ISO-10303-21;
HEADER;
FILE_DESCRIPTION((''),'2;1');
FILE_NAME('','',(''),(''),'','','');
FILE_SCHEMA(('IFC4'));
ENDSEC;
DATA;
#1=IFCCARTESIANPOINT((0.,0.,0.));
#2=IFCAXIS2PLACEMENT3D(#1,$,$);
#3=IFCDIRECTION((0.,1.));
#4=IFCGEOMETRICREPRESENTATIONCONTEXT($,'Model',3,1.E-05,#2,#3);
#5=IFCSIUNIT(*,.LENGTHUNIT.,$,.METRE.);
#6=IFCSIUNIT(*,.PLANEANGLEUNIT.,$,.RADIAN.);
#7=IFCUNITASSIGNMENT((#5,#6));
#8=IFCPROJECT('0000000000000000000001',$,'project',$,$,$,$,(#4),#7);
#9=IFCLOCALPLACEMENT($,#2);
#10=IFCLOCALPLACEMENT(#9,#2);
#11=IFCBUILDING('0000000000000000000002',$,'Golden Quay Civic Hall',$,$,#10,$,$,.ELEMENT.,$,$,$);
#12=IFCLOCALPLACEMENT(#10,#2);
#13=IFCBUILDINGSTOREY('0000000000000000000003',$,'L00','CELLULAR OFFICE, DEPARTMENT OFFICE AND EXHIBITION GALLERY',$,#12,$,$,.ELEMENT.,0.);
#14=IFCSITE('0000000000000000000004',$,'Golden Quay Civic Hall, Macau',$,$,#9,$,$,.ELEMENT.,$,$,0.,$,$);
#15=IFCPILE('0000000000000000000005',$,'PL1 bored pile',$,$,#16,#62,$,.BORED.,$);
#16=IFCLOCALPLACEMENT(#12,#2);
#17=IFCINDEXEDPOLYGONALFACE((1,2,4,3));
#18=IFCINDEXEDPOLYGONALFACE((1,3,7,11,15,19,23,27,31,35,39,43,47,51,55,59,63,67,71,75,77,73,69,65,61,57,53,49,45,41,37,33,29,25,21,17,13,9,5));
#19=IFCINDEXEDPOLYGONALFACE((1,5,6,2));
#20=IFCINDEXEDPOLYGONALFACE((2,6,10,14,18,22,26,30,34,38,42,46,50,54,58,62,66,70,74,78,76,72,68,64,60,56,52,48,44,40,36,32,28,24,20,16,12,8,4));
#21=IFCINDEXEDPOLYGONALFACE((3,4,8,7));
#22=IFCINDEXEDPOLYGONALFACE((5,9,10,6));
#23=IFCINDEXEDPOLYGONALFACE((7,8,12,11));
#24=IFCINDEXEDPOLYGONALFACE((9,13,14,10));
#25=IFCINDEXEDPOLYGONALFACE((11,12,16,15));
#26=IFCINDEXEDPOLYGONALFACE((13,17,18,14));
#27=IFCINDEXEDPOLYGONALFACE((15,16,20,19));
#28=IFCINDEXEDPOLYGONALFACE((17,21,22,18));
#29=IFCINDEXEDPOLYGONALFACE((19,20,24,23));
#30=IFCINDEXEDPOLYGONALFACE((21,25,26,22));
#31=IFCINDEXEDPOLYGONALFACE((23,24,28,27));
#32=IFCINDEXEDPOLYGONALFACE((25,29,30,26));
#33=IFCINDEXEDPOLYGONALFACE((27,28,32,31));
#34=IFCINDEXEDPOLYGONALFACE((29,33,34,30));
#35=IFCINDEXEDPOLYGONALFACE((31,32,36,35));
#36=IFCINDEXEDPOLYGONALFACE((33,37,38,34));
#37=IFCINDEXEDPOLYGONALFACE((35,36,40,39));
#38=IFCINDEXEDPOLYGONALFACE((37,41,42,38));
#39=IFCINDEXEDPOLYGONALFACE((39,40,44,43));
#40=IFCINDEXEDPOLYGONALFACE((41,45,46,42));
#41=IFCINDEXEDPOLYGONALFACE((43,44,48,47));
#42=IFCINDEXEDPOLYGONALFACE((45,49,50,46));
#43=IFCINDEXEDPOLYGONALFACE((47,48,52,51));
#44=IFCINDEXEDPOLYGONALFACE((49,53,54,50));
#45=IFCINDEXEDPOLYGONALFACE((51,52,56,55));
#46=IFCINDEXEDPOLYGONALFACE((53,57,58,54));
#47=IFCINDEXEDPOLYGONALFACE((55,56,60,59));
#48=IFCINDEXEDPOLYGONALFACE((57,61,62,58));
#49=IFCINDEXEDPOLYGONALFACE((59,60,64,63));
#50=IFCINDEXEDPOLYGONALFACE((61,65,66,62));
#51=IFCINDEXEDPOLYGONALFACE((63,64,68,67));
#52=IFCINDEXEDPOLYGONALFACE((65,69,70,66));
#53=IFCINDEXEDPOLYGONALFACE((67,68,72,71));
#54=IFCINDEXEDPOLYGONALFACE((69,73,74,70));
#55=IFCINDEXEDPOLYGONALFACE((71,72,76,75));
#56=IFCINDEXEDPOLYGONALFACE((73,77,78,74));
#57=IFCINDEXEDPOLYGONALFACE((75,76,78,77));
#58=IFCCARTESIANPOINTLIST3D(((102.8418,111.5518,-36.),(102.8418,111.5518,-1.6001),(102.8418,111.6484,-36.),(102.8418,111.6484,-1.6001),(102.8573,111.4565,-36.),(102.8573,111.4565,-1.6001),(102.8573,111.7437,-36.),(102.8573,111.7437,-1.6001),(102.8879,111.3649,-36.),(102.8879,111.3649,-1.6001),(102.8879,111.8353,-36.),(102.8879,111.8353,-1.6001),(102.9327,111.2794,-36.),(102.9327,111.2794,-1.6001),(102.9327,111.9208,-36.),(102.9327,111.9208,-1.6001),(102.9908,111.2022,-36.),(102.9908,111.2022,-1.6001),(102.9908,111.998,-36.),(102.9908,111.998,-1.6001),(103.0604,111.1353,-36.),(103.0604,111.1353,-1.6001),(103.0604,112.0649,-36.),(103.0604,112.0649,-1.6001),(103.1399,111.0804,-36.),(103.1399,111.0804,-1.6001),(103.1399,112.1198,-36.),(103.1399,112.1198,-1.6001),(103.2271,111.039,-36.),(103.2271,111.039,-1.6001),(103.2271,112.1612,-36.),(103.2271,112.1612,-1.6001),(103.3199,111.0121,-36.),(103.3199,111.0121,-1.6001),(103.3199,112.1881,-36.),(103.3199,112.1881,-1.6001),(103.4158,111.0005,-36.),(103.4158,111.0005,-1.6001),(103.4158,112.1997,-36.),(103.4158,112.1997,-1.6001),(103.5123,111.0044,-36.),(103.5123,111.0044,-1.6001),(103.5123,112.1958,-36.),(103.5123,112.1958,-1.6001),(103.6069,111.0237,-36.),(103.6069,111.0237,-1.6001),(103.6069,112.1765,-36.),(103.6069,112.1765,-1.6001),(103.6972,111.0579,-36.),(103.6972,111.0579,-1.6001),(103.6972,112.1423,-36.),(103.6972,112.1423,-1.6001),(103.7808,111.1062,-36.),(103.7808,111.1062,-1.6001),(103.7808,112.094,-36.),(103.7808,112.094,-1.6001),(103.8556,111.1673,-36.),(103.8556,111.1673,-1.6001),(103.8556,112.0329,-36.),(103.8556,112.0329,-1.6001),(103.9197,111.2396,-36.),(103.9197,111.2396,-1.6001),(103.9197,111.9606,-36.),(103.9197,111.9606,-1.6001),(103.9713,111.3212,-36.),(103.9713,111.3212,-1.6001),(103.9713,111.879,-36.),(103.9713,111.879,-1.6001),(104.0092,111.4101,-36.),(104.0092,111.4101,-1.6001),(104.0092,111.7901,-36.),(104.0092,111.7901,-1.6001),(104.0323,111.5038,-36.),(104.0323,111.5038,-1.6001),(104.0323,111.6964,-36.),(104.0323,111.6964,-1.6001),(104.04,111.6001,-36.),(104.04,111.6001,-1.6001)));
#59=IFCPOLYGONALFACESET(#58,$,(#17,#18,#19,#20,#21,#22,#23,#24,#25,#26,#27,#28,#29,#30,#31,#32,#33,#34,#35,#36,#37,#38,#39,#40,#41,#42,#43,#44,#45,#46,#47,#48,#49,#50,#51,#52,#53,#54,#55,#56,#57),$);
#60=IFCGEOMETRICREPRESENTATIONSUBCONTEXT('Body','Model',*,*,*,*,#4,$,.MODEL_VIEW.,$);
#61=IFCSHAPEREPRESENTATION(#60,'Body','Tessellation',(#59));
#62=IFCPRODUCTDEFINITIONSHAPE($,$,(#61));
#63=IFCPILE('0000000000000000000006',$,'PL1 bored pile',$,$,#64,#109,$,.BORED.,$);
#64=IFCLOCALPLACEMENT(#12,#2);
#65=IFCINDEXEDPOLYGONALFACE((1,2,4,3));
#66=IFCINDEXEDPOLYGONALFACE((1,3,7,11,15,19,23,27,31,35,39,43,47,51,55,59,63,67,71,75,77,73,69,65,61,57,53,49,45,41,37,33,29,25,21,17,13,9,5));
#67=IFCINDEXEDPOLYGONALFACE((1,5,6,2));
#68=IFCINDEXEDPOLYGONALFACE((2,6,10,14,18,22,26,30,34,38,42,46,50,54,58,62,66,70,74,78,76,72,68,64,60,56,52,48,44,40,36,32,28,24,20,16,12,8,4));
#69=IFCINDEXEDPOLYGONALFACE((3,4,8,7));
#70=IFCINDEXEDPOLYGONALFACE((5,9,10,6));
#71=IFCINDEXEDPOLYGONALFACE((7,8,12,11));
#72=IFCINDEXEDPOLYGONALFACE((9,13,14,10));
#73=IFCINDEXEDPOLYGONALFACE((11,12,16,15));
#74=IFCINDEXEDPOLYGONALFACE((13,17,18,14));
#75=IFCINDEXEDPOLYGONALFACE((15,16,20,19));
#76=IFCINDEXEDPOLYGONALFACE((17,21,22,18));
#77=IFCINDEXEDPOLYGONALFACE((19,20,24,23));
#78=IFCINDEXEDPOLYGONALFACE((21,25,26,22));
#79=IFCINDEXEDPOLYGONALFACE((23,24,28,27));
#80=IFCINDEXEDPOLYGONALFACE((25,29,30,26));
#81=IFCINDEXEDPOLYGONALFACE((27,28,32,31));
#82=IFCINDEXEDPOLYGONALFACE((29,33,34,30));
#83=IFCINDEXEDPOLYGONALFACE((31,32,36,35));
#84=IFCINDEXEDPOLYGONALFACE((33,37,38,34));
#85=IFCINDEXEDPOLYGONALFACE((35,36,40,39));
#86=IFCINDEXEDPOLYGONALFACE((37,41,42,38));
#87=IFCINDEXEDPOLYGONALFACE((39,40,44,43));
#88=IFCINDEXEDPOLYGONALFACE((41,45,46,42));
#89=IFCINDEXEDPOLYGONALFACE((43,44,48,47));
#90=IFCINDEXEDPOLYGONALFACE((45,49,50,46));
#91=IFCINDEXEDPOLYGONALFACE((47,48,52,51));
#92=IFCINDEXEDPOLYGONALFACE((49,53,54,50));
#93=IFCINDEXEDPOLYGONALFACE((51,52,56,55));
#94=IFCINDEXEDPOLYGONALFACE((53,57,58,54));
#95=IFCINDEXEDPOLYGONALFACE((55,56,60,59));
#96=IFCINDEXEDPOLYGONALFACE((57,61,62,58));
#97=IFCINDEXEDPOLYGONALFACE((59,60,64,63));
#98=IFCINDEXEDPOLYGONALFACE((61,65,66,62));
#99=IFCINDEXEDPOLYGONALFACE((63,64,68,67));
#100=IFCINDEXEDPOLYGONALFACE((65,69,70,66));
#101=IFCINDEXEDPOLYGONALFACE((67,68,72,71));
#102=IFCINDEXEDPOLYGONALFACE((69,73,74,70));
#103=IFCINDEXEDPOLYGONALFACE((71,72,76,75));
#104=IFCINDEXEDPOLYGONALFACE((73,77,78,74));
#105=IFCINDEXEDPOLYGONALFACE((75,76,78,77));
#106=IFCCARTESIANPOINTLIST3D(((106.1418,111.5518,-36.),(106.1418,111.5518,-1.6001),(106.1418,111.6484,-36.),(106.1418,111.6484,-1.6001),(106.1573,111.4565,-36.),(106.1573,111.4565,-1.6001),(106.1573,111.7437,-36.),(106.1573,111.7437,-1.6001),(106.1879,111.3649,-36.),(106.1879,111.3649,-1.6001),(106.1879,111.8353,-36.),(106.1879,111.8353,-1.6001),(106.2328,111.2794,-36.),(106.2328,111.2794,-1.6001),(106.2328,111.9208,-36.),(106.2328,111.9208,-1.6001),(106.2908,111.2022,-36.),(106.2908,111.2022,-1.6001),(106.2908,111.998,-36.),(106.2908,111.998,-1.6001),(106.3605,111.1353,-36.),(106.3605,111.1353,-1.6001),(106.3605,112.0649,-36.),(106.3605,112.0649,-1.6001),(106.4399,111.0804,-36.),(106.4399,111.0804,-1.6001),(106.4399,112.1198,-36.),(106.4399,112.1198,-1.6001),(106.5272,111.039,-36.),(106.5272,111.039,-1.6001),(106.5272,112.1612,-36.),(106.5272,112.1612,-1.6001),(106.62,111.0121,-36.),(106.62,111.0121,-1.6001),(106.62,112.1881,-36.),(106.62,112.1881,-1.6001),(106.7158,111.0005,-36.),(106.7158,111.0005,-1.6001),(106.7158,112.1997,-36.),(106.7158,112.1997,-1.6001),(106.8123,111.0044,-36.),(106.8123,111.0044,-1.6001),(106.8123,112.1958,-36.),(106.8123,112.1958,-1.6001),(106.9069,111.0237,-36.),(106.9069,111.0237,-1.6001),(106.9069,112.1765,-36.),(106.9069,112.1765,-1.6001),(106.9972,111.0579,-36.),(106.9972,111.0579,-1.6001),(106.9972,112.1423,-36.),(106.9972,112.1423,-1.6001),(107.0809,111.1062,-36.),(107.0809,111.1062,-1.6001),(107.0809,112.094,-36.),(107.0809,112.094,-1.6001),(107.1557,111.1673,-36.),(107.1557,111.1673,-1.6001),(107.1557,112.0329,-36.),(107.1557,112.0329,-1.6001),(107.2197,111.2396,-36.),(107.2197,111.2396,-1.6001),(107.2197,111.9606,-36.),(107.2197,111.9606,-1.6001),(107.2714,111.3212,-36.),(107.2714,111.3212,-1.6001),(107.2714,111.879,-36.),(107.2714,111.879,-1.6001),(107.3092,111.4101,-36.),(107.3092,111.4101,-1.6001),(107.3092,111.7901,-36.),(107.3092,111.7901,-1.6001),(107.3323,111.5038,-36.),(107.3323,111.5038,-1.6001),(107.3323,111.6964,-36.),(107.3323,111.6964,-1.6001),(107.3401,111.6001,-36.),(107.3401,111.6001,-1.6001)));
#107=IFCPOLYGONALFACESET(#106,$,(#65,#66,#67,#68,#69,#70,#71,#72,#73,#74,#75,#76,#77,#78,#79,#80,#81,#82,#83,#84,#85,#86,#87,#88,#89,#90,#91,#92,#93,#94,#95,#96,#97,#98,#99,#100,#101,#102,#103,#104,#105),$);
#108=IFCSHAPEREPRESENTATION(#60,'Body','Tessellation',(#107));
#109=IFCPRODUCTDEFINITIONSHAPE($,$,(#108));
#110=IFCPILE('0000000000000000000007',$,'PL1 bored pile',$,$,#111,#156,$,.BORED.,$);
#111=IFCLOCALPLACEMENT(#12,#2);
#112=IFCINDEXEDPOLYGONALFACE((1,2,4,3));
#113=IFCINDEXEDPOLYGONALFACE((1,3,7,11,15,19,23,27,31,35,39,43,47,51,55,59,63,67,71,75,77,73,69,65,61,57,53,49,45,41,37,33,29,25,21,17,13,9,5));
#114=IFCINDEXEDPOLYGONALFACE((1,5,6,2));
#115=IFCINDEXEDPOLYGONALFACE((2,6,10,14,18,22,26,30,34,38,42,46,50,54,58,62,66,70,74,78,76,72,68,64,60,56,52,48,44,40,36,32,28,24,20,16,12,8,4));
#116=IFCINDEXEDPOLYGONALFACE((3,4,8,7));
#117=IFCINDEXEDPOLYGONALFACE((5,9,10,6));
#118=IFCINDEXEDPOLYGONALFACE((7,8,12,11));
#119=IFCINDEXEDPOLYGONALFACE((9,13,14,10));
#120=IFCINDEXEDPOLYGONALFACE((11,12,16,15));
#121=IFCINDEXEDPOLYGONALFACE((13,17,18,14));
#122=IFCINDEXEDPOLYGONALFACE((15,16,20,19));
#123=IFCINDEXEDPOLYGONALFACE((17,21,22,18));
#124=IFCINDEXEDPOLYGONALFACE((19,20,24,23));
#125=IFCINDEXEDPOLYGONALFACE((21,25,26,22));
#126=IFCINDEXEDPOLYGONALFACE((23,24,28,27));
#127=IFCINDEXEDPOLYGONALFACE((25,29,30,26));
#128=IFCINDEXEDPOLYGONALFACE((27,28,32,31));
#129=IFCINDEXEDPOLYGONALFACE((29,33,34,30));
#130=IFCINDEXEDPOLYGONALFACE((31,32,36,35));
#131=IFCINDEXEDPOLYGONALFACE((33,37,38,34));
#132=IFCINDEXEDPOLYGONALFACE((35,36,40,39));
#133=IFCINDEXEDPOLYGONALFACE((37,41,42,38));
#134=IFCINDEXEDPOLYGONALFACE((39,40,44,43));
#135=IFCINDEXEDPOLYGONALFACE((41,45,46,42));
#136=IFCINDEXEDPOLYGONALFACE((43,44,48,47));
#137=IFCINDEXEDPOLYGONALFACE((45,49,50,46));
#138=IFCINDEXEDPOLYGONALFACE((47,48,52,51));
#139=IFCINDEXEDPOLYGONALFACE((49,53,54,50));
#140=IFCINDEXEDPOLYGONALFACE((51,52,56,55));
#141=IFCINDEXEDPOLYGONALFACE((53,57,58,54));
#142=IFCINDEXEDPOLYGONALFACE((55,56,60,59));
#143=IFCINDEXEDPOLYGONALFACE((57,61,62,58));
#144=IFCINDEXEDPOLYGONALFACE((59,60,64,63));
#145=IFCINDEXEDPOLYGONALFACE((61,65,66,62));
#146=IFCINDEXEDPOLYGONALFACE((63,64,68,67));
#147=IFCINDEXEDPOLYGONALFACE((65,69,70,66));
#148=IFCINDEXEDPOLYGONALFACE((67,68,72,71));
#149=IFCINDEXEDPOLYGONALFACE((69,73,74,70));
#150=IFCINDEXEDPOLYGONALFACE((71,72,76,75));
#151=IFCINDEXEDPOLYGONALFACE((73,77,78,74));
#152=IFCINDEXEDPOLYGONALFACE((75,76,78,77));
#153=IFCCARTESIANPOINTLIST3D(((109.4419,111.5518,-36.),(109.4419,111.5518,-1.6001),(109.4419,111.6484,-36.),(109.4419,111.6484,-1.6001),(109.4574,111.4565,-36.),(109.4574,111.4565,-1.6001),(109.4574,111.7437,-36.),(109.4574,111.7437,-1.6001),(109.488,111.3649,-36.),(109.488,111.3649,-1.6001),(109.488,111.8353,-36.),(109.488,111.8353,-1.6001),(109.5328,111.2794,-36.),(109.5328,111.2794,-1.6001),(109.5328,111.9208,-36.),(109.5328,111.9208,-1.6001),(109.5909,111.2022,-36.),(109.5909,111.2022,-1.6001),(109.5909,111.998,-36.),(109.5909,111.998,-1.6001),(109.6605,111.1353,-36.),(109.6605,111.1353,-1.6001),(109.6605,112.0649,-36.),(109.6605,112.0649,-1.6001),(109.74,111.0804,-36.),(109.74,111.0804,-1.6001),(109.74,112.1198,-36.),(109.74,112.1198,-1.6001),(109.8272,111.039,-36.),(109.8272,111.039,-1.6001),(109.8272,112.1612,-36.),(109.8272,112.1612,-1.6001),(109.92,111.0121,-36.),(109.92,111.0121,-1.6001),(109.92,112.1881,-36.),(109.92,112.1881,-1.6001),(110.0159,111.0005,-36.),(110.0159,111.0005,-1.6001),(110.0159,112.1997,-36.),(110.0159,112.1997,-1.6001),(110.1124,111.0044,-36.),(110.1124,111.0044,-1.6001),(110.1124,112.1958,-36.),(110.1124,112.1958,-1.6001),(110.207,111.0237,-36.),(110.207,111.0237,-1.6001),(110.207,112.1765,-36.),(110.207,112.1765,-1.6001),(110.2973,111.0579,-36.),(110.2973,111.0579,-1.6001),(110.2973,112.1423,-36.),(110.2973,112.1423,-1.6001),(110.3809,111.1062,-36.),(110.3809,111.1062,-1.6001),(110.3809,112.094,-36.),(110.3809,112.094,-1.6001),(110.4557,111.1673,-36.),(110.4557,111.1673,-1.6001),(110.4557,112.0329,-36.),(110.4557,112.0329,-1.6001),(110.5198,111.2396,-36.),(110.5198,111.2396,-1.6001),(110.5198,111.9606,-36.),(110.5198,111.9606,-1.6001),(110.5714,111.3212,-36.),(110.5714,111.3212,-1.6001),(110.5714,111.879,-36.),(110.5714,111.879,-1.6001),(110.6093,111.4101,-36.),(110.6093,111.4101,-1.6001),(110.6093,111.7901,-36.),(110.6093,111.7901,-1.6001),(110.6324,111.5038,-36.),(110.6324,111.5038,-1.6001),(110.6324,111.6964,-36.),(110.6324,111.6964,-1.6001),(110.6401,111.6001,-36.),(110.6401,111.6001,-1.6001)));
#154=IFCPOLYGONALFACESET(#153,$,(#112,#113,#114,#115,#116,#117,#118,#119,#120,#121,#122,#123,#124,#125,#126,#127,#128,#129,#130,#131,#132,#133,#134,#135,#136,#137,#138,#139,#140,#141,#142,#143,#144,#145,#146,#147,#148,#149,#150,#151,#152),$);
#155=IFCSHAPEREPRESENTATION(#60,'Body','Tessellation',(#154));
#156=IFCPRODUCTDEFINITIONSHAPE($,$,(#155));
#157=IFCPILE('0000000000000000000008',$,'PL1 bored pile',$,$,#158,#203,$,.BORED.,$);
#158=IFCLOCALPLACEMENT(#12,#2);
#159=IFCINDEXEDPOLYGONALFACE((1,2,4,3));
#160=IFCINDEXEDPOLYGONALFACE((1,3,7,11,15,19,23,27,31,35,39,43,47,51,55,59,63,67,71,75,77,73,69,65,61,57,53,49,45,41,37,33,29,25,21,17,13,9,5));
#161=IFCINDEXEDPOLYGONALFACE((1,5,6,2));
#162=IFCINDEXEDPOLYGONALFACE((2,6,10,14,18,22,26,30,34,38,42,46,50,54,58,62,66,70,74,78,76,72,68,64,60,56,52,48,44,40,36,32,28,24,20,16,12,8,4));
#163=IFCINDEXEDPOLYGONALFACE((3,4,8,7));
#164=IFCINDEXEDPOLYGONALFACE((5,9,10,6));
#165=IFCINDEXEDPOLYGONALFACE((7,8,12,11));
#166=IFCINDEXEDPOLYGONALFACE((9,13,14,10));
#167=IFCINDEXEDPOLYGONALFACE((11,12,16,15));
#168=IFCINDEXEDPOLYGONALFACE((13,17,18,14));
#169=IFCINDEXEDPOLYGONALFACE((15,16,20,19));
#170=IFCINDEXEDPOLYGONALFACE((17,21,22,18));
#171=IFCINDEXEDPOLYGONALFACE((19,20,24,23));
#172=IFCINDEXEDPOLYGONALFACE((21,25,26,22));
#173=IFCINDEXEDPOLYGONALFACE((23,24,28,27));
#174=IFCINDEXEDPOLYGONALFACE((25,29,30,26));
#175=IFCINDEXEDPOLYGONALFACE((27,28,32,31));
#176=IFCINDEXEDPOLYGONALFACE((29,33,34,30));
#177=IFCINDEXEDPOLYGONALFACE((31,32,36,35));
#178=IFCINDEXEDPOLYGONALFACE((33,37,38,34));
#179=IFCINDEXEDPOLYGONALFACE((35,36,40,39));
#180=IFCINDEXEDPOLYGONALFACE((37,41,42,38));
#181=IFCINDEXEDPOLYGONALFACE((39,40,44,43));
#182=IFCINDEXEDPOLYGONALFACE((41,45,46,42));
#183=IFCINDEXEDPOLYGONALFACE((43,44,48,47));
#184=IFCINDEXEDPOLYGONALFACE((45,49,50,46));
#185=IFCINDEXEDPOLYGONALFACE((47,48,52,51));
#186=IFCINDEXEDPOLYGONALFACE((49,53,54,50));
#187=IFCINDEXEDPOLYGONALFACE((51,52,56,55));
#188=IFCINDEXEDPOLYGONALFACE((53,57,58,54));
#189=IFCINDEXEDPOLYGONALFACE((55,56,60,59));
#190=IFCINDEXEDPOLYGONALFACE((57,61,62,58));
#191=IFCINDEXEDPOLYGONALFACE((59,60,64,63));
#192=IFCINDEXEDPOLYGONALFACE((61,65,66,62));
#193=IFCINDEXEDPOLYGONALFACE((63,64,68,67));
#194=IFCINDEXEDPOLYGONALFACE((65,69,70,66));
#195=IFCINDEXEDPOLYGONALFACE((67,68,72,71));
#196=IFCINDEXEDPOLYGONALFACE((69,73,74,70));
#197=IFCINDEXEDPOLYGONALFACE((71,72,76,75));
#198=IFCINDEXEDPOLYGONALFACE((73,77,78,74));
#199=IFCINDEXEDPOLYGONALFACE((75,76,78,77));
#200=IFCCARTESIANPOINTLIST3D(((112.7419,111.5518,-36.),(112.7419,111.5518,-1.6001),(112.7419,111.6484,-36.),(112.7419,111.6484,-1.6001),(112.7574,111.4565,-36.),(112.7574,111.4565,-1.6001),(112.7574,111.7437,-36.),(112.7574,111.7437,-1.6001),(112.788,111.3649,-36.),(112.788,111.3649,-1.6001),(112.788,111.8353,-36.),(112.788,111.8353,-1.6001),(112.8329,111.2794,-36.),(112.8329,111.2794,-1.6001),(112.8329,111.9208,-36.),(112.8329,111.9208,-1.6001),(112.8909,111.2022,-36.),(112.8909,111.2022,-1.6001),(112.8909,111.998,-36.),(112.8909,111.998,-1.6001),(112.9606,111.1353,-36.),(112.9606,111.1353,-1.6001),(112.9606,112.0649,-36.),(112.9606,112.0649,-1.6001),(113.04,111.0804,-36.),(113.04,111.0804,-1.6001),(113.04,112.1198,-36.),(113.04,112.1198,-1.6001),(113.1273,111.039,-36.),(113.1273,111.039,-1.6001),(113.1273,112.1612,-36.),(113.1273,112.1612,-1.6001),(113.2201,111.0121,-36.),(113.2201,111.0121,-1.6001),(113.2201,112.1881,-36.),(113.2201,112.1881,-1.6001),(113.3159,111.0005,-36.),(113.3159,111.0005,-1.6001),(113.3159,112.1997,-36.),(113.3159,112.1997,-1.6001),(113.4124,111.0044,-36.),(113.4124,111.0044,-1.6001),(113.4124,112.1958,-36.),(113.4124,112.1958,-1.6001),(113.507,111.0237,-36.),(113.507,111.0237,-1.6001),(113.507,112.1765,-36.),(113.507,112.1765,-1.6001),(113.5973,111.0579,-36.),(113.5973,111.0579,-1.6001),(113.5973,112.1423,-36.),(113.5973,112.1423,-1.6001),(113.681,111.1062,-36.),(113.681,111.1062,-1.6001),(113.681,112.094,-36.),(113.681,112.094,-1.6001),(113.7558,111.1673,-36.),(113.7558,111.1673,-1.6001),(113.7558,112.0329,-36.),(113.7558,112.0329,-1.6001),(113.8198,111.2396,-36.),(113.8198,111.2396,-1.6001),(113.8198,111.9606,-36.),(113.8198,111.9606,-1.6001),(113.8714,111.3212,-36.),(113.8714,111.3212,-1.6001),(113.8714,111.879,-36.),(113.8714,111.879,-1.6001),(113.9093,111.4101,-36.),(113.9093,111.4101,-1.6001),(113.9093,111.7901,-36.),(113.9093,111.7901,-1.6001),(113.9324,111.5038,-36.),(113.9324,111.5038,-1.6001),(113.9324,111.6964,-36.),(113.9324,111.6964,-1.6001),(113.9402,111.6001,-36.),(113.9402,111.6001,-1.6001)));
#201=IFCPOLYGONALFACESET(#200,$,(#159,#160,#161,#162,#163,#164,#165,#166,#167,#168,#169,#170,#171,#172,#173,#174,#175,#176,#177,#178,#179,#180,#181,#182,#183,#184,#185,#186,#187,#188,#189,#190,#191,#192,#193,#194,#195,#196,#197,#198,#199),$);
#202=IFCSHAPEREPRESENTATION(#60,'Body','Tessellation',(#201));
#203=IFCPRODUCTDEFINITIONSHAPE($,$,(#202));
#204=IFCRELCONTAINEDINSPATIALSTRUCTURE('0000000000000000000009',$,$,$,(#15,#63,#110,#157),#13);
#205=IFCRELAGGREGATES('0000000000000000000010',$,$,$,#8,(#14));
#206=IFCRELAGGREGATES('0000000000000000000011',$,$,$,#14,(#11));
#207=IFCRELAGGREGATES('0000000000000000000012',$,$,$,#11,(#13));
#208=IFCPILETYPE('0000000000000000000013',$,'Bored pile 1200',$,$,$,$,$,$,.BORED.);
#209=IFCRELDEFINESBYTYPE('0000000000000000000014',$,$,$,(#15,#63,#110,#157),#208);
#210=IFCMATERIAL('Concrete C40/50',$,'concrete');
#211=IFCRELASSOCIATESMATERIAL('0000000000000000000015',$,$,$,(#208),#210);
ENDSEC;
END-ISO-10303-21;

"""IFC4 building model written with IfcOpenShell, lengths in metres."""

from ifc_helpers import new_model, si_unit, direction, frame, origin, origin_2d, place, context, subcontext, project, spatial, circle, extrude, material, material_profile, profile_set, type_object, element, save


model = new_model("IFC4")

# Units and contexts
model_context = context("Model", 3, precision=1e-05, world=origin(), true_north=direction((0.0, 1.0)))
body_context = subcontext(model_context, "Body", "Model", "MODEL_VIEW")
ifc_project = project(units=[si_unit("LENGTHUNIT", "METRE"), si_unit("PLANEANGLEUNIT", "RADIAN")], contexts=[model_context])

# Site, building, storey
site_placement = place(None, origin())
site = spatial("IfcSite", under=ifc_project, at=site_placement, Name="Golden Quay Civic Hall, Macau", CompositionType="ELEMENT", RefElevation=0.0)
building_placement = place(site_placement, origin())
building = spatial("IfcBuilding", under=site, at=building_placement, Name="Golden Quay Civic Hall", CompositionType="ELEMENT")
storey_placement = place(building_placement, origin())
storey = spatial("IfcBuildingStorey", under=building, at=storey_placement, Name="L00", Description="CELLULAR OFFICE, DEPARTMENT OFFICE AND EXHIBITION GALLERY", CompositionType="ELEMENT", Elevation=0.0)

# Piles
ifc_material_1 = material(Name="Concrete C40/50", Category="concrete")
ifc_material_profile_1 = material_profile(ifc_material_1, circle(Radius=0.6001, at=origin_2d()), Name="RC D1200")
ifc_profile_set_1 = profile_set([ifc_material_profile_1], Name="Concrete C40/50")
pile_type_1 = type_object("IfcPileType", Name="Bored pile 1200", PredefinedType="BORED", material=ifc_profile_set_1)
for number, where, z_axis, x_axis, name in (
    (1, (103.4399, 111.6001, -1.6001), (0.0, 0.0, -1.0), (1.0, 0.0, 0.0), "PL1 bored pile"),
    (2, (106.74, 111.6001, -1.6001), (0.0, 0.0, -1.0), (1.0, 0.0, 0.0), "PL1 bored pile"),
    (3, (110.04, 111.6001, -1.6001), (0.0, 0.0, -1.0), (1.0, 0.0, 0.0), "PL1 bored pile"),
    (4, (113.3401, 111.6001, -1.6001), (0.0, 0.0, -1.0), (1.0, 0.0, 0.0), "PL1 bored pile"),
):
    element("IfcPile", number, at=place(storey_placement, frame(where, z_axis=z_axis, x_axis=x_axis)), inside=storey, type_object=pile_type_1, Name=name, PredefinedType="BORED", context=body_context, shape_type="SweptSolid", body=[
        extrude(circle(Radius=0.6001, at=origin_2d()), origin(), (0.0, 0.0, 1.0), 34.3999),
    ])

save(model, "model.ifc")
